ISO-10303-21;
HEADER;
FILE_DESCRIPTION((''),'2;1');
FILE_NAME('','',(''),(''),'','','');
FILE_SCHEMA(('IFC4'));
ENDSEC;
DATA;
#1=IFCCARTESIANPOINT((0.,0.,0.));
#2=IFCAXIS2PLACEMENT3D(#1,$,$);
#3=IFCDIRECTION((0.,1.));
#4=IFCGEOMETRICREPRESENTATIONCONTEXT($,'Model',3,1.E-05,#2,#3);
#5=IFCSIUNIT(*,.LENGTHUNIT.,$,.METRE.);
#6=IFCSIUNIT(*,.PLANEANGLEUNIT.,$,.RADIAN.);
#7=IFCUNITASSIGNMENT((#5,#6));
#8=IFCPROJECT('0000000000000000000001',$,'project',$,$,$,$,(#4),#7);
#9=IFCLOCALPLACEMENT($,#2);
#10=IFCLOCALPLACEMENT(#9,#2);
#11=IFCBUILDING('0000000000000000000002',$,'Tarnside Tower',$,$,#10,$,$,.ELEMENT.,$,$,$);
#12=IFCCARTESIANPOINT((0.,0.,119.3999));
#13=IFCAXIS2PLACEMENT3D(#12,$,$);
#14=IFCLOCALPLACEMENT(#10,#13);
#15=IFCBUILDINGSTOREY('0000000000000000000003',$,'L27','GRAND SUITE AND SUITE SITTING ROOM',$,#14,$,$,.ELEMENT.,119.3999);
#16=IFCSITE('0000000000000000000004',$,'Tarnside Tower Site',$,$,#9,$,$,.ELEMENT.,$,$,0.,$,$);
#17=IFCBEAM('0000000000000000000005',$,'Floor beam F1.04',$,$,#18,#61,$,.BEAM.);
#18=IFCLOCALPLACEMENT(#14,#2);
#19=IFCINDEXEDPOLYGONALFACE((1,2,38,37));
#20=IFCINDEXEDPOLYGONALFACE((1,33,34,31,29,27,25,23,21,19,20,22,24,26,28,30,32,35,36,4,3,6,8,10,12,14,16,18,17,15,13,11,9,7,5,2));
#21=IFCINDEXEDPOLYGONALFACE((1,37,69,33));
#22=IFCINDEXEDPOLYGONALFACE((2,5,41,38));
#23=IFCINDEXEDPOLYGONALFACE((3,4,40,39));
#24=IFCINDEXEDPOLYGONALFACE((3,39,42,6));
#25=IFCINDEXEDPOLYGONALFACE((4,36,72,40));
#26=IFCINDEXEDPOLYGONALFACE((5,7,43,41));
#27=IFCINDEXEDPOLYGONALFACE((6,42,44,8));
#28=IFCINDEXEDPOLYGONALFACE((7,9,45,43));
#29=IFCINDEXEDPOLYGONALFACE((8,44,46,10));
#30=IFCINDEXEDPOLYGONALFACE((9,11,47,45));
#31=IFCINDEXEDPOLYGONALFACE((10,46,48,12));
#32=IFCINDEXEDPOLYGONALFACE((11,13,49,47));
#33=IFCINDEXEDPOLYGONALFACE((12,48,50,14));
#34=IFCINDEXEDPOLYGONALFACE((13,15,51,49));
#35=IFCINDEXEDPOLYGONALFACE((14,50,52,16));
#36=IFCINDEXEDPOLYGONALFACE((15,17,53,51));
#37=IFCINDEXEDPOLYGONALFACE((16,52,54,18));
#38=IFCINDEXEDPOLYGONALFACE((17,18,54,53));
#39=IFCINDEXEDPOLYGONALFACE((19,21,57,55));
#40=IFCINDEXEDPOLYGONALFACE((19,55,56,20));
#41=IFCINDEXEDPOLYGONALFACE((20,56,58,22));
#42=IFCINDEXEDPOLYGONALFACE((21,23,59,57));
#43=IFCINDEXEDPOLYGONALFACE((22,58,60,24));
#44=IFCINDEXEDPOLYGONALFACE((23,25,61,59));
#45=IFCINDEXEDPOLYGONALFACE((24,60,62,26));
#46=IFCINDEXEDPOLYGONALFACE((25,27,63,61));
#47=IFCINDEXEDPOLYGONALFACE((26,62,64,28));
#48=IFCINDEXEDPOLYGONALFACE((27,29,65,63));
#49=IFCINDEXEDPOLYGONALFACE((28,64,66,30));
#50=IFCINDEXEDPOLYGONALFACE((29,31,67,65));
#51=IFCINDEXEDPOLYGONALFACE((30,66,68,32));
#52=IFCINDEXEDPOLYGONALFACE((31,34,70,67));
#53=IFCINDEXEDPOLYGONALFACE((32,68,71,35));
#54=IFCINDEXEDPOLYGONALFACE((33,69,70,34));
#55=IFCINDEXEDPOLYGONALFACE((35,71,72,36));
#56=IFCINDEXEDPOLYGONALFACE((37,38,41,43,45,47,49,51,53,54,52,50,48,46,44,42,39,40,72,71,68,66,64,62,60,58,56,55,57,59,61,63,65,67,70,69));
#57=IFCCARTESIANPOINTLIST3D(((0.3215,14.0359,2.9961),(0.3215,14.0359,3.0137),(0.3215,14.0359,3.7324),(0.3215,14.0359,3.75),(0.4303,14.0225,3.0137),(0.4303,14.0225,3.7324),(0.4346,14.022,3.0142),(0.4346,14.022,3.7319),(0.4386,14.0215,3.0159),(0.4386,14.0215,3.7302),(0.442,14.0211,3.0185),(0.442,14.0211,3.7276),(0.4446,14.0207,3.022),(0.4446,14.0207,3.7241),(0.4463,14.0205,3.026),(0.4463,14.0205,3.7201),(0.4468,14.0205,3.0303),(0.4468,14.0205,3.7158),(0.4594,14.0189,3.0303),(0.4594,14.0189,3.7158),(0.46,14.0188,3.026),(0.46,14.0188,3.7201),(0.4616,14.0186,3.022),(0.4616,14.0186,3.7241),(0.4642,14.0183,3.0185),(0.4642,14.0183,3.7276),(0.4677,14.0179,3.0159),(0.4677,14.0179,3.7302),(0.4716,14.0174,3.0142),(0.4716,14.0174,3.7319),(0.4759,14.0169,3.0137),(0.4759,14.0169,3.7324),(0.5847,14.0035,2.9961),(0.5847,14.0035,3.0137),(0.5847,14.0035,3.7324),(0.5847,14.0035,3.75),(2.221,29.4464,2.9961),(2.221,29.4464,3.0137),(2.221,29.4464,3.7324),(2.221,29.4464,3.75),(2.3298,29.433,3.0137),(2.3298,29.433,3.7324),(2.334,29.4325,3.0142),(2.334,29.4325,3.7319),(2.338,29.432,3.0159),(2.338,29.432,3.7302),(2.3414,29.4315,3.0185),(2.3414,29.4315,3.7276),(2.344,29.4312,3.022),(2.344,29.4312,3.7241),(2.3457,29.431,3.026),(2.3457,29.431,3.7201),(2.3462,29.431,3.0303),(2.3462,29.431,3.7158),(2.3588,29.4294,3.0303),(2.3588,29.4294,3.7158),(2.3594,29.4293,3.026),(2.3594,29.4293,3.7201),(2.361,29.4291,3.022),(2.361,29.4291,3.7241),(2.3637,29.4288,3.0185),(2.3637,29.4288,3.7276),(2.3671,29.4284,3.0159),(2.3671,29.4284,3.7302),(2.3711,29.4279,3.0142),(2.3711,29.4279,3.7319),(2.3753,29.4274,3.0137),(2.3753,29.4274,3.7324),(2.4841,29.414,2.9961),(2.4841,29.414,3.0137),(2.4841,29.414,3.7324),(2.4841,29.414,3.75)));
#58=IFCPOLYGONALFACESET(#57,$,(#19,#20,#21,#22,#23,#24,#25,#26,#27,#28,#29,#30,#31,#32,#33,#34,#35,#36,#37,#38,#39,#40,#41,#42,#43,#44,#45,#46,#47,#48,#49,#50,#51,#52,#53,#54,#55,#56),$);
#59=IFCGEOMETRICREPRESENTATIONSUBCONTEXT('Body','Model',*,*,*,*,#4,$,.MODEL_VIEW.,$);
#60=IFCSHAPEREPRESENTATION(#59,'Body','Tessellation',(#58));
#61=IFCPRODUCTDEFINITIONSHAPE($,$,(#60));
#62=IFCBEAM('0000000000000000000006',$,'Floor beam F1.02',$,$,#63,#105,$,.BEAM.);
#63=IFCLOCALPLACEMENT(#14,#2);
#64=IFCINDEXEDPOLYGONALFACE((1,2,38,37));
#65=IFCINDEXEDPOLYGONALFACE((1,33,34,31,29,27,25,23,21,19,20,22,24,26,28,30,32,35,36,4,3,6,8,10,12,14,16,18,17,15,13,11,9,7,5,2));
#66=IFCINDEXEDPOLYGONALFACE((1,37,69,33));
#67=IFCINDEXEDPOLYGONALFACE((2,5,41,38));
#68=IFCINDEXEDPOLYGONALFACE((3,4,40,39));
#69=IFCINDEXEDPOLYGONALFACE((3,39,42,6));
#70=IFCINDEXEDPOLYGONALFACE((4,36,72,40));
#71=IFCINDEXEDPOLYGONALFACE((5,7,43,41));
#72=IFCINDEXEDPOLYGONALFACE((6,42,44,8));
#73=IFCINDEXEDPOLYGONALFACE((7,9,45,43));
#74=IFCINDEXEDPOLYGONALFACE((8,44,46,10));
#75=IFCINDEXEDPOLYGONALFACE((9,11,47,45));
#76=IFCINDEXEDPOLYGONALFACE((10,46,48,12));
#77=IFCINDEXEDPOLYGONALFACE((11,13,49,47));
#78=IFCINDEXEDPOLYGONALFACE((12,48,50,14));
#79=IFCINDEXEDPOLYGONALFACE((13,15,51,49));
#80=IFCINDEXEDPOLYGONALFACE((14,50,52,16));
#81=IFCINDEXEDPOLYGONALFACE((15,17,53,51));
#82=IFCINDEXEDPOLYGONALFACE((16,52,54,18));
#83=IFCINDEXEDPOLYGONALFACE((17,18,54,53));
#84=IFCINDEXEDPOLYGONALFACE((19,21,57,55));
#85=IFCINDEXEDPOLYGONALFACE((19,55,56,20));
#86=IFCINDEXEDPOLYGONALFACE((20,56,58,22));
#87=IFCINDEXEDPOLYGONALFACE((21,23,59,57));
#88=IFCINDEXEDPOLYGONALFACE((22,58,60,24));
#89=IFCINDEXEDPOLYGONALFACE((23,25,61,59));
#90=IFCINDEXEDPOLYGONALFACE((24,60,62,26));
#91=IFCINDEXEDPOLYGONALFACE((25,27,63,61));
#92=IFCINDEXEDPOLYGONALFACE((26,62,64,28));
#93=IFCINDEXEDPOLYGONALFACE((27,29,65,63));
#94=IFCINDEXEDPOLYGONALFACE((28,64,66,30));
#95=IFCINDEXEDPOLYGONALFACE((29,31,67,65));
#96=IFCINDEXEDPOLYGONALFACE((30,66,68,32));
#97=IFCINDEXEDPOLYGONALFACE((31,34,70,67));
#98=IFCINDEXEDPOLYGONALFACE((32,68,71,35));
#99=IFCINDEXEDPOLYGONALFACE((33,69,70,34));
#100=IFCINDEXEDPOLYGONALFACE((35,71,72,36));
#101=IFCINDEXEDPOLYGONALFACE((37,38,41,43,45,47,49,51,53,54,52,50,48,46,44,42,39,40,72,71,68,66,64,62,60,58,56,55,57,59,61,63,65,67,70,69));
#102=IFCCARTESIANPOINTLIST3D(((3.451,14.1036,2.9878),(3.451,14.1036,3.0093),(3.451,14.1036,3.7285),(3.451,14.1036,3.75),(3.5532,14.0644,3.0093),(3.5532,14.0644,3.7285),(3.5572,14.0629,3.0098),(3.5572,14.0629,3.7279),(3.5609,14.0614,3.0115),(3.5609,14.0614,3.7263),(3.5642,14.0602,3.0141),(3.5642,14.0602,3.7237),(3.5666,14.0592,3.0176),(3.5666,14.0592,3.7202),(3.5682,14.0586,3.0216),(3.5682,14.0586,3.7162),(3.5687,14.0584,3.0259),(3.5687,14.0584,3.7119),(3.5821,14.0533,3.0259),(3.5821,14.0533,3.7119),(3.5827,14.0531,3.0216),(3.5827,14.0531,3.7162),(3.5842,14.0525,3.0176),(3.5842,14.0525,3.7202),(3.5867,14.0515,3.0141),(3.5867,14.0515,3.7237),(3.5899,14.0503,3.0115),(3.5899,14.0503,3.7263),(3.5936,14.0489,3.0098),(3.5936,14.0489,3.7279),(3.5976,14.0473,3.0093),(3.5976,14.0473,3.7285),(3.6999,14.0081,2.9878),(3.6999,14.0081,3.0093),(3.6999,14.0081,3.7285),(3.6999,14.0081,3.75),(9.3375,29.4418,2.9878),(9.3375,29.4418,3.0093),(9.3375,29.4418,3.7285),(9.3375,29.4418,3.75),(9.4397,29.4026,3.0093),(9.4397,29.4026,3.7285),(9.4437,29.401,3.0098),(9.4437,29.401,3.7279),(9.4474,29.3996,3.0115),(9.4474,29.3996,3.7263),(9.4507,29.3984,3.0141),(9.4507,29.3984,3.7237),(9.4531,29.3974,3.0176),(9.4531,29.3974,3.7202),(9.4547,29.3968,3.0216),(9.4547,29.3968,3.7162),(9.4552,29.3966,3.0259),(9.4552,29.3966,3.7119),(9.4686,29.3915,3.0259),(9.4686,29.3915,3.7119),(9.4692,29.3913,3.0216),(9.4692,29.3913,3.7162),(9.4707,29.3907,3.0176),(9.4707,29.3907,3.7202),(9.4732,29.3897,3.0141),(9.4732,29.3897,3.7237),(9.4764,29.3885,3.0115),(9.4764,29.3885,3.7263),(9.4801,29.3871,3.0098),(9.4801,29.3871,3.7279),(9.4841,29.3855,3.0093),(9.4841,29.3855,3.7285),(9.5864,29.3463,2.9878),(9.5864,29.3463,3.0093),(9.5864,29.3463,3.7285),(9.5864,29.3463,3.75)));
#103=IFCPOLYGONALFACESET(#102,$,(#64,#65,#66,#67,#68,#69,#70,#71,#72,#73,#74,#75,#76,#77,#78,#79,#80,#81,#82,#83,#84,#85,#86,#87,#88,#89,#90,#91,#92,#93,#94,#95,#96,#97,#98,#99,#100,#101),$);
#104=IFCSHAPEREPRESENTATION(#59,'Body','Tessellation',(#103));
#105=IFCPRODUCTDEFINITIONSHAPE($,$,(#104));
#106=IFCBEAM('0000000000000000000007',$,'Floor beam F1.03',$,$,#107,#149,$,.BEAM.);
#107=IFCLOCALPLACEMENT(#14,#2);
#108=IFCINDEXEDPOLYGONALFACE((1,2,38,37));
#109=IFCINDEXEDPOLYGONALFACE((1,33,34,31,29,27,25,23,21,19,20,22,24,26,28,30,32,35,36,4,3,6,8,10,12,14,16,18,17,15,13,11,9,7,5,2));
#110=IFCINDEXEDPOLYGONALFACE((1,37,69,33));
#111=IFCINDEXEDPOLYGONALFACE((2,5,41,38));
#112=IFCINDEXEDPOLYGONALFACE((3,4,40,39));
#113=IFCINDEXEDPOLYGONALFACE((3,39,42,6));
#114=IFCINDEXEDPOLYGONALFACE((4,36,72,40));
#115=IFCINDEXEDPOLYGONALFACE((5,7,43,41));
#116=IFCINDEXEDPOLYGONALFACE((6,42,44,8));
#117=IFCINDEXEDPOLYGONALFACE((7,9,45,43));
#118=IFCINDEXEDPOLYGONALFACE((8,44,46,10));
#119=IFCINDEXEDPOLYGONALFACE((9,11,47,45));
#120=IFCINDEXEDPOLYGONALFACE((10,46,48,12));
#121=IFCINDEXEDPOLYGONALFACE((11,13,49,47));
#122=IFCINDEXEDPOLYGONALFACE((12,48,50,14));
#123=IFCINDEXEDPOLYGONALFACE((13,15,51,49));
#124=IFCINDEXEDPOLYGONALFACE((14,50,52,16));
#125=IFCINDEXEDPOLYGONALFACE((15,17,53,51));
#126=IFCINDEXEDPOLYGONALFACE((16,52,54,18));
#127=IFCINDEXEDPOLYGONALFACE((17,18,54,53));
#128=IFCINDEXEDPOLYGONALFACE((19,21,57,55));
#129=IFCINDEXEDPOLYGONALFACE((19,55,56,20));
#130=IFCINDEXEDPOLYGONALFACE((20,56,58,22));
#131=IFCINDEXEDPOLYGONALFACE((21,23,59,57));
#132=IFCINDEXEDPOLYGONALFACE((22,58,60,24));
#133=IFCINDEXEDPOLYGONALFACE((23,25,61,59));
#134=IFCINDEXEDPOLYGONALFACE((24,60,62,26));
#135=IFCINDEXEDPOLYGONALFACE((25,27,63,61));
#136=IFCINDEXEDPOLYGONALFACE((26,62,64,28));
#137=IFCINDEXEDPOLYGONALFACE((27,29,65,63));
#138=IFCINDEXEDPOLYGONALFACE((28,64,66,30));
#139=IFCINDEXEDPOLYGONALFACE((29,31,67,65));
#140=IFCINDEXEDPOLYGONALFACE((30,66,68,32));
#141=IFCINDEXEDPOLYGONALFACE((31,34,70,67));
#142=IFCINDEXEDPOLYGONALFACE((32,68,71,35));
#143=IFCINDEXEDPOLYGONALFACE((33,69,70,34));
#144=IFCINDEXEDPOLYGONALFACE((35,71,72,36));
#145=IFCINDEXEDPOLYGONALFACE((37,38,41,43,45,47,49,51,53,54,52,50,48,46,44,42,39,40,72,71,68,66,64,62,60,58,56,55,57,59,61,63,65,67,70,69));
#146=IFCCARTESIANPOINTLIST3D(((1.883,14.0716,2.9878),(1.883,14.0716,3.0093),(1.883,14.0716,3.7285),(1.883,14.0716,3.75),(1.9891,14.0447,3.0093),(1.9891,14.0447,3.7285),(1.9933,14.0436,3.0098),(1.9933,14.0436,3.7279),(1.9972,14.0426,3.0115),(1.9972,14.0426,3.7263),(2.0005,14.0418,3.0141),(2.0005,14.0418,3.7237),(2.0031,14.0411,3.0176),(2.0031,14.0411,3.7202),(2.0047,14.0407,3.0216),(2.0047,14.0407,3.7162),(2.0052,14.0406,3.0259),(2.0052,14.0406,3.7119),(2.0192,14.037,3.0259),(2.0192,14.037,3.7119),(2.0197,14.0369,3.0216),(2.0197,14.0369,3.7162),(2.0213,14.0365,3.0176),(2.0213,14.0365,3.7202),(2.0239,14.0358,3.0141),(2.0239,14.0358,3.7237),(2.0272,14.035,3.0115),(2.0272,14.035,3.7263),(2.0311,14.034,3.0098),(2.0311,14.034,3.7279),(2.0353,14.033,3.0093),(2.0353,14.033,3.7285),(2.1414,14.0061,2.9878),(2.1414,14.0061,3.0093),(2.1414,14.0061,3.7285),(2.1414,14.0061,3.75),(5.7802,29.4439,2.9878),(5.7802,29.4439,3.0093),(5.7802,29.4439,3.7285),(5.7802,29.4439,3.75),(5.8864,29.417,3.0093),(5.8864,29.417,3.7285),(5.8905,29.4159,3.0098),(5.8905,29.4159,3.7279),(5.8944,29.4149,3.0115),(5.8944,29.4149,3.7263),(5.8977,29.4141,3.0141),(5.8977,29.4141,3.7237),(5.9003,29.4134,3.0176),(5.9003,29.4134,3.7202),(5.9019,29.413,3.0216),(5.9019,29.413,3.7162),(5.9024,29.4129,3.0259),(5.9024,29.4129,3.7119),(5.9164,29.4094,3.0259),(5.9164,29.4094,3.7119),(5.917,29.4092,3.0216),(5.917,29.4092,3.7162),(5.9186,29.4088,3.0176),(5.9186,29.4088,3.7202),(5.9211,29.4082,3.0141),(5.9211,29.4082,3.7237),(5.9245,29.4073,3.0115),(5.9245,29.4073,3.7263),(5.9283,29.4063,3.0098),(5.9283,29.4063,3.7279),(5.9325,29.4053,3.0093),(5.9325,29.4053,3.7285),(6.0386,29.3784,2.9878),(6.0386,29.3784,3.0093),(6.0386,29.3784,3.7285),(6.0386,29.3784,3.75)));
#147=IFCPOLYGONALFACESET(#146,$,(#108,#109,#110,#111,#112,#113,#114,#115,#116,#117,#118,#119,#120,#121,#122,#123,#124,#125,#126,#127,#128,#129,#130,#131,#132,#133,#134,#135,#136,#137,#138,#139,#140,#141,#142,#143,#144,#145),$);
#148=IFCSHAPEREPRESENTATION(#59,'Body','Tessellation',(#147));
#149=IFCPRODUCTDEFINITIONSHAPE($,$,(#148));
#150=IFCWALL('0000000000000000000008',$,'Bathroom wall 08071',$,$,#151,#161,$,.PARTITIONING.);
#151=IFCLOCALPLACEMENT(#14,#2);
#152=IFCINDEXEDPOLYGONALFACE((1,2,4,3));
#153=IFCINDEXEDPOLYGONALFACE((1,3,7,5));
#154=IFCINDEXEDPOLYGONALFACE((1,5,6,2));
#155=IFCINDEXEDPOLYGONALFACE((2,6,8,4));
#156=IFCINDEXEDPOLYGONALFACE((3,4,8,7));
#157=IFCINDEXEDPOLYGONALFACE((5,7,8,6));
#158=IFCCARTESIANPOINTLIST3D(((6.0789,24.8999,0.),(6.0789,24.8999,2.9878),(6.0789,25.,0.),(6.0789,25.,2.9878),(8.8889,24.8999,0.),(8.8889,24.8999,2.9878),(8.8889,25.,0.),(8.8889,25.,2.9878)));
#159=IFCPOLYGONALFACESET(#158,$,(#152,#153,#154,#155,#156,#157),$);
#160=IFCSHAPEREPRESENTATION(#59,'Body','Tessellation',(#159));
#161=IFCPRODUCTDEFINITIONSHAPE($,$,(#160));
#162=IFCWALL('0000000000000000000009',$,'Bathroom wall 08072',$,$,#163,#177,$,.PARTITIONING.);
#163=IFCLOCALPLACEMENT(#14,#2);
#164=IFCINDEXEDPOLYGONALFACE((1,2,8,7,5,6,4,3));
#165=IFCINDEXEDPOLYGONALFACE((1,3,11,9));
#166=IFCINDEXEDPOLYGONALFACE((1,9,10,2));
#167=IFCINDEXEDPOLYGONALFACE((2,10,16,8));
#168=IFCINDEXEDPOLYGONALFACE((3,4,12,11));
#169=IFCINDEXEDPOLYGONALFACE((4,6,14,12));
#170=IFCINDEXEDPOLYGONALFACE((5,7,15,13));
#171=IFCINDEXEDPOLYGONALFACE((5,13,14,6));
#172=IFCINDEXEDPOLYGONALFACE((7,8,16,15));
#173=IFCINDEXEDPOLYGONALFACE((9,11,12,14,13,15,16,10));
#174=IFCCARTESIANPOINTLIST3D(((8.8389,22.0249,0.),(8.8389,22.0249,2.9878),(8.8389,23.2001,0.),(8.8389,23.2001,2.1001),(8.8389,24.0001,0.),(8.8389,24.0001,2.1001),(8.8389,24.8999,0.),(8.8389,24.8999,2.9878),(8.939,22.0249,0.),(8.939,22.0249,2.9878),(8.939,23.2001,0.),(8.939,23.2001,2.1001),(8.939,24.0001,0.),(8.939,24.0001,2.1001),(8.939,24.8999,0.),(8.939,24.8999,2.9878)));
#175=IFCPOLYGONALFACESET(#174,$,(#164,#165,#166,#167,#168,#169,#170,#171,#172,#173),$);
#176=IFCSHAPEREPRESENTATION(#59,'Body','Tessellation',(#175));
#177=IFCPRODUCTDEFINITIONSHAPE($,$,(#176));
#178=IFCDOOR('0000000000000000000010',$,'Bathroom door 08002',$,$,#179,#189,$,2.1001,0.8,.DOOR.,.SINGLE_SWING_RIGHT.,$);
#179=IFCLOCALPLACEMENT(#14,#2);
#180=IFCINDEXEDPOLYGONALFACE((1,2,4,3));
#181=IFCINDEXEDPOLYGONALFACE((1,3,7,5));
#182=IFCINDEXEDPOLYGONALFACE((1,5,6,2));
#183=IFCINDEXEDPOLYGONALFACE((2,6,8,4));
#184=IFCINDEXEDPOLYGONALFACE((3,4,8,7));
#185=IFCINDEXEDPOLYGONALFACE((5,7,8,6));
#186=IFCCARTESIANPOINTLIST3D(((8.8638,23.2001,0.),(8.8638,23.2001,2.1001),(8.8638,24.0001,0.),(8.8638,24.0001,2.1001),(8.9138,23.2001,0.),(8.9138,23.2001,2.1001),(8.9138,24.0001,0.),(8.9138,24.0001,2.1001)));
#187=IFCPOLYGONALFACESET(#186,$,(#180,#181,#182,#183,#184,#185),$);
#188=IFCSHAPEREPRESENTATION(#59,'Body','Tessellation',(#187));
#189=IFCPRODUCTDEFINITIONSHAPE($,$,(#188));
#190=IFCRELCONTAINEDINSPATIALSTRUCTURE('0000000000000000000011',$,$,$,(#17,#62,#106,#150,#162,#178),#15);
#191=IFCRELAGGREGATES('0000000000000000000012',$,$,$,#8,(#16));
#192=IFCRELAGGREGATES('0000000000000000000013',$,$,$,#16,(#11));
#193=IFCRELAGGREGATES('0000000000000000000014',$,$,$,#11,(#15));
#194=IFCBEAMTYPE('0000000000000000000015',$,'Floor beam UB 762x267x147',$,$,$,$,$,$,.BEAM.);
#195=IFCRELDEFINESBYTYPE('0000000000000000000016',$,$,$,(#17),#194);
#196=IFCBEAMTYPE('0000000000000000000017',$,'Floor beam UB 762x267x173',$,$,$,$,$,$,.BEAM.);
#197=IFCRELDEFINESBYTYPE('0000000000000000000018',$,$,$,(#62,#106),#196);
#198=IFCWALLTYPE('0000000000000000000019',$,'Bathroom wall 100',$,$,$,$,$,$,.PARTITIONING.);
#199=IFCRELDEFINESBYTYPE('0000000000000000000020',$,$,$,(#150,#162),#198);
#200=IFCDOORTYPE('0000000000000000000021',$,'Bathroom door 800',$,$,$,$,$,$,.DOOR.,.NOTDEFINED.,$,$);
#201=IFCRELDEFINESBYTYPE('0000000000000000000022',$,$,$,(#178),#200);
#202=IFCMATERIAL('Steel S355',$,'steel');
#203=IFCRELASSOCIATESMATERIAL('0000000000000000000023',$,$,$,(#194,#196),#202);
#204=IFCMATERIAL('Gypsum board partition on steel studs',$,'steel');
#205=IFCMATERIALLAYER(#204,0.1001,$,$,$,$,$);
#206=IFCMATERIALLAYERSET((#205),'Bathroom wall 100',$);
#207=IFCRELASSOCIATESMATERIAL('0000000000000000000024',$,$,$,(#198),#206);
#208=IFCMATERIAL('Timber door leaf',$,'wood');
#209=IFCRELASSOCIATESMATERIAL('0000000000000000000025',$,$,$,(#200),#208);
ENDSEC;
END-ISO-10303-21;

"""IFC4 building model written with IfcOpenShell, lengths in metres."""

from ifc_helpers import new_model, si_unit, direction, frame, frame_2d, origin, origin_2d, place, context, subcontext, project, spatial, rectangle, i_section, extrude, material, layer, layer_set, material_profile, profile_set, type_object, element, fill, save


model = new_model("IFC4")

# Units and contexts
model_context = context("Model", 3, precision=1e-05, world=origin(), true_north=direction((0.0, 1.0)))
body_context = subcontext(model_context, "Body", "Model", "MODEL_VIEW")
ifc_project = project(units=[si_unit("LENGTHUNIT", "METRE"), si_unit("PLANEANGLEUNIT", "RADIAN")], contexts=[model_context])

# Site, building, storey
site_placement = place(None, origin())
site = spatial("IfcSite", under=ifc_project, at=site_placement, Name="Tarnside Tower Site", CompositionType="ELEMENT", RefElevation=0.0)
building_placement = place(site_placement, origin())
building = spatial("IfcBuilding", under=site, at=building_placement, Name="Tarnside Tower", CompositionType="ELEMENT")
storey_placement = place(building_placement, frame((0.0, 0.0, 119.3999)))
storey = spatial("IfcBuildingStorey", under=building, at=storey_placement, Name="L27", Description="GRAND SUITE AND SUITE SITTING ROOM", CompositionType="ELEMENT", Elevation=119.3999)

# Beams
ifc_material_1 = material(Name="Steel S355", Category="steel")
ifc_material_profile_1 = material_profile(ifc_material_1, i_section(OverallWidth=0.2651, OverallDepth=0.7539, WebThickness=0.0127, FlangeThickness=0.0176, FilletRadius=0.0166, at=origin_2d()), Name="UB 762x267x147")
ifc_profile_set_1 = profile_set([ifc_material_profile_1], Name="Steel S355")
beam_type_1 = type_object("IfcBeamType", Name="Floor beam UB 762x267x147", PredefinedType="BEAM", material=ifc_profile_set_1)
beam_1_placement = place(storey_placement, frame((2.3525, 29.4302, 3.373), z_axis=(-0.12233, -0.99249, 0.0), x_axis=(0.99249, -0.12233, 0.0)))
element("IfcBeam", 1, at=beam_1_placement, inside=storey, type_object=beam_type_1, Name="Floor beam F1.04", PredefinedType="BEAM", context=body_context, shape_type="SweptSolid", body=[
    extrude(i_section(OverallWidth=0.2651, OverallDepth=0.7539, WebThickness=0.0127, FlangeThickness=0.0176, FilletRadius=0.0166, at=origin_2d()), origin(), (0.0, 0.0, 1.0), 15.5271),
])
ifc_material_profile_2 = material_profile(ifc_material_1, i_section(OverallWidth=0.2666, OverallDepth=0.7622, WebThickness=0.0144, FlangeThickness=0.0215, FilletRadius=0.0166, at=origin_2d()), Name="UB 762x267x173")
ifc_profile_set_2 = profile_set([ifc_material_profile_2], Name="Steel S355")
beam_type_2 = type_object("IfcBeamType", Name="Floor beam UB 762x267x173", PredefinedType="BEAM", material=ifc_profile_set_2)
beam_2_placement = place(storey_placement, frame((9.4619, 29.394, 3.3689), z_axis=(-0.3583, -0.933607, 0.0), x_axis=(0.933607, -0.3583, 0.0)))
element("IfcBeam", 2, at=beam_2_placement, inside=storey, type_object=beam_type_2, Name="Floor beam F1.02", PredefinedType="BEAM", context=body_context, shape_type="SweptSolid", body=[
    extrude(i_section(OverallWidth=0.2666, OverallDepth=0.7622, WebThickness=0.0144, FlangeThickness=0.0215, FilletRadius=0.0166, at=origin_2d()), origin(), (0.0, 0.0, 1.0), 16.429),
])
beam_3_placement = place(storey_placement, frame((5.9094, 29.4111, 3.3689), z_axis=(-0.245747, -0.969334, 0.0), x_axis=(0.969334, -0.245747, 0.0)))
element("IfcBeam", 3, at=beam_3_placement, inside=storey, type_object=beam_type_2, Name="Floor beam F1.03", PredefinedType="BEAM", context=body_context, shape_type="SweptSolid", body=[
    extrude(i_section(OverallWidth=0.2666, OverallDepth=0.7622, WebThickness=0.0144, FlangeThickness=0.0215, FilletRadius=0.0166, at=origin_2d()), origin(), (0.0, 0.0, 1.0), 15.8586),
])

# Wall
ifc_material_2 = material(Name="Gypsum board partition on steel studs", Category="steel")
ifc_layer_1 = layer(ifc_material_2, 0.1001)
ifc_layer_set_1 = layer_set([ifc_layer_1], Name="Bathroom wall 100")
wall_type_1 = type_object("IfcWallType", Name="Bathroom wall 100", PredefinedType="PARTITIONING", material=ifc_layer_set_1)
wall_1_placement = place(storey_placement, frame((6.0789, 24.95, 0.0), z_axis=(0.0, 0.0, 1.0), x_axis=(1.0, 0.0, 0.0)))
element("IfcWall", 4, at=wall_1_placement, inside=storey, type_object=wall_type_1, Name="Bathroom wall 08071", PredefinedType="PARTITIONING", context=body_context, shape_type="SweptSolid", body=[
    extrude(rectangle(XDim=2.8101, YDim=0.1001, at=frame_2d((1.405, 0.0))), origin(), (0.0, 0.0, 1.0), 2.9878),
])

# Wall, opening, door
wall_2_placement = place(storey_placement, frame((8.8889, 24.8999, 0.0), z_axis=(0.0, 0.0, 1.0), x_axis=(0.0, -1.0, 0.0)))
wall_2 = element("IfcWall", 5, at=wall_2_placement, inside=storey, type_object=wall_type_1, Name="Bathroom wall 08072", PredefinedType="PARTITIONING", context=body_context, shape_type="SweptSolid", body=[
    extrude(rectangle(XDim=2.875, YDim=0.1001, at=frame_2d((1.4375, 0.0))), origin(), (0.0, 0.0, 1.0), 2.9878),
])
opening_1_placement = place(wall_2_placement, frame((0.8999, 0.0, 0.0)))
opening_1 = element("IfcOpeningElement", 6, at=opening_1_placement, cuts=wall_2, PredefinedType="OPENING", context=body_context, shape_type="SweptSolid", body=[
    extrude(rectangle(XDim=0.8, YDim=2.1001, at=frame_2d((0.3999, 1.05))), frame((0.0, 0.0601, 0.0), z_axis=(0.0, -1.0, 0.0), x_axis=(1.0, 0.0, 0.0)), (0.0, 0.0, 1.0), 0.1201),
])
ifc_material_3 = material(Name="Timber door leaf", Category="wood")
door_type_1 = type_object("IfcDoorType", Name="Bathroom door 800", OperationType="NOTDEFINED", PredefinedType="DOOR", material=ifc_material_3)
door_1_placement = place(opening_1_placement, origin())
door_1 = element("IfcDoor", 7, at=door_1_placement, inside=storey, type_object=door_type_1, Name="Bathroom door 08002", OperationType="SINGLE_SWING_RIGHT", OverallHeight=2.1001, OverallWidth=0.8, PredefinedType="DOOR", context=body_context, shape_type="SweptSolid", body=[
    extrude(rectangle(XDim=0.8, YDim=2.1001, at=frame_2d((0.3999, 1.05))), frame((0.0, 0.0249, 0.0), z_axis=(0.0, -1.0, 0.0), x_axis=(1.0, 0.0, 0.0)), (0.0, 0.0, 1.0), 0.05),
])
fill(opening_1, door_1)

save(model, "model.ifc")
